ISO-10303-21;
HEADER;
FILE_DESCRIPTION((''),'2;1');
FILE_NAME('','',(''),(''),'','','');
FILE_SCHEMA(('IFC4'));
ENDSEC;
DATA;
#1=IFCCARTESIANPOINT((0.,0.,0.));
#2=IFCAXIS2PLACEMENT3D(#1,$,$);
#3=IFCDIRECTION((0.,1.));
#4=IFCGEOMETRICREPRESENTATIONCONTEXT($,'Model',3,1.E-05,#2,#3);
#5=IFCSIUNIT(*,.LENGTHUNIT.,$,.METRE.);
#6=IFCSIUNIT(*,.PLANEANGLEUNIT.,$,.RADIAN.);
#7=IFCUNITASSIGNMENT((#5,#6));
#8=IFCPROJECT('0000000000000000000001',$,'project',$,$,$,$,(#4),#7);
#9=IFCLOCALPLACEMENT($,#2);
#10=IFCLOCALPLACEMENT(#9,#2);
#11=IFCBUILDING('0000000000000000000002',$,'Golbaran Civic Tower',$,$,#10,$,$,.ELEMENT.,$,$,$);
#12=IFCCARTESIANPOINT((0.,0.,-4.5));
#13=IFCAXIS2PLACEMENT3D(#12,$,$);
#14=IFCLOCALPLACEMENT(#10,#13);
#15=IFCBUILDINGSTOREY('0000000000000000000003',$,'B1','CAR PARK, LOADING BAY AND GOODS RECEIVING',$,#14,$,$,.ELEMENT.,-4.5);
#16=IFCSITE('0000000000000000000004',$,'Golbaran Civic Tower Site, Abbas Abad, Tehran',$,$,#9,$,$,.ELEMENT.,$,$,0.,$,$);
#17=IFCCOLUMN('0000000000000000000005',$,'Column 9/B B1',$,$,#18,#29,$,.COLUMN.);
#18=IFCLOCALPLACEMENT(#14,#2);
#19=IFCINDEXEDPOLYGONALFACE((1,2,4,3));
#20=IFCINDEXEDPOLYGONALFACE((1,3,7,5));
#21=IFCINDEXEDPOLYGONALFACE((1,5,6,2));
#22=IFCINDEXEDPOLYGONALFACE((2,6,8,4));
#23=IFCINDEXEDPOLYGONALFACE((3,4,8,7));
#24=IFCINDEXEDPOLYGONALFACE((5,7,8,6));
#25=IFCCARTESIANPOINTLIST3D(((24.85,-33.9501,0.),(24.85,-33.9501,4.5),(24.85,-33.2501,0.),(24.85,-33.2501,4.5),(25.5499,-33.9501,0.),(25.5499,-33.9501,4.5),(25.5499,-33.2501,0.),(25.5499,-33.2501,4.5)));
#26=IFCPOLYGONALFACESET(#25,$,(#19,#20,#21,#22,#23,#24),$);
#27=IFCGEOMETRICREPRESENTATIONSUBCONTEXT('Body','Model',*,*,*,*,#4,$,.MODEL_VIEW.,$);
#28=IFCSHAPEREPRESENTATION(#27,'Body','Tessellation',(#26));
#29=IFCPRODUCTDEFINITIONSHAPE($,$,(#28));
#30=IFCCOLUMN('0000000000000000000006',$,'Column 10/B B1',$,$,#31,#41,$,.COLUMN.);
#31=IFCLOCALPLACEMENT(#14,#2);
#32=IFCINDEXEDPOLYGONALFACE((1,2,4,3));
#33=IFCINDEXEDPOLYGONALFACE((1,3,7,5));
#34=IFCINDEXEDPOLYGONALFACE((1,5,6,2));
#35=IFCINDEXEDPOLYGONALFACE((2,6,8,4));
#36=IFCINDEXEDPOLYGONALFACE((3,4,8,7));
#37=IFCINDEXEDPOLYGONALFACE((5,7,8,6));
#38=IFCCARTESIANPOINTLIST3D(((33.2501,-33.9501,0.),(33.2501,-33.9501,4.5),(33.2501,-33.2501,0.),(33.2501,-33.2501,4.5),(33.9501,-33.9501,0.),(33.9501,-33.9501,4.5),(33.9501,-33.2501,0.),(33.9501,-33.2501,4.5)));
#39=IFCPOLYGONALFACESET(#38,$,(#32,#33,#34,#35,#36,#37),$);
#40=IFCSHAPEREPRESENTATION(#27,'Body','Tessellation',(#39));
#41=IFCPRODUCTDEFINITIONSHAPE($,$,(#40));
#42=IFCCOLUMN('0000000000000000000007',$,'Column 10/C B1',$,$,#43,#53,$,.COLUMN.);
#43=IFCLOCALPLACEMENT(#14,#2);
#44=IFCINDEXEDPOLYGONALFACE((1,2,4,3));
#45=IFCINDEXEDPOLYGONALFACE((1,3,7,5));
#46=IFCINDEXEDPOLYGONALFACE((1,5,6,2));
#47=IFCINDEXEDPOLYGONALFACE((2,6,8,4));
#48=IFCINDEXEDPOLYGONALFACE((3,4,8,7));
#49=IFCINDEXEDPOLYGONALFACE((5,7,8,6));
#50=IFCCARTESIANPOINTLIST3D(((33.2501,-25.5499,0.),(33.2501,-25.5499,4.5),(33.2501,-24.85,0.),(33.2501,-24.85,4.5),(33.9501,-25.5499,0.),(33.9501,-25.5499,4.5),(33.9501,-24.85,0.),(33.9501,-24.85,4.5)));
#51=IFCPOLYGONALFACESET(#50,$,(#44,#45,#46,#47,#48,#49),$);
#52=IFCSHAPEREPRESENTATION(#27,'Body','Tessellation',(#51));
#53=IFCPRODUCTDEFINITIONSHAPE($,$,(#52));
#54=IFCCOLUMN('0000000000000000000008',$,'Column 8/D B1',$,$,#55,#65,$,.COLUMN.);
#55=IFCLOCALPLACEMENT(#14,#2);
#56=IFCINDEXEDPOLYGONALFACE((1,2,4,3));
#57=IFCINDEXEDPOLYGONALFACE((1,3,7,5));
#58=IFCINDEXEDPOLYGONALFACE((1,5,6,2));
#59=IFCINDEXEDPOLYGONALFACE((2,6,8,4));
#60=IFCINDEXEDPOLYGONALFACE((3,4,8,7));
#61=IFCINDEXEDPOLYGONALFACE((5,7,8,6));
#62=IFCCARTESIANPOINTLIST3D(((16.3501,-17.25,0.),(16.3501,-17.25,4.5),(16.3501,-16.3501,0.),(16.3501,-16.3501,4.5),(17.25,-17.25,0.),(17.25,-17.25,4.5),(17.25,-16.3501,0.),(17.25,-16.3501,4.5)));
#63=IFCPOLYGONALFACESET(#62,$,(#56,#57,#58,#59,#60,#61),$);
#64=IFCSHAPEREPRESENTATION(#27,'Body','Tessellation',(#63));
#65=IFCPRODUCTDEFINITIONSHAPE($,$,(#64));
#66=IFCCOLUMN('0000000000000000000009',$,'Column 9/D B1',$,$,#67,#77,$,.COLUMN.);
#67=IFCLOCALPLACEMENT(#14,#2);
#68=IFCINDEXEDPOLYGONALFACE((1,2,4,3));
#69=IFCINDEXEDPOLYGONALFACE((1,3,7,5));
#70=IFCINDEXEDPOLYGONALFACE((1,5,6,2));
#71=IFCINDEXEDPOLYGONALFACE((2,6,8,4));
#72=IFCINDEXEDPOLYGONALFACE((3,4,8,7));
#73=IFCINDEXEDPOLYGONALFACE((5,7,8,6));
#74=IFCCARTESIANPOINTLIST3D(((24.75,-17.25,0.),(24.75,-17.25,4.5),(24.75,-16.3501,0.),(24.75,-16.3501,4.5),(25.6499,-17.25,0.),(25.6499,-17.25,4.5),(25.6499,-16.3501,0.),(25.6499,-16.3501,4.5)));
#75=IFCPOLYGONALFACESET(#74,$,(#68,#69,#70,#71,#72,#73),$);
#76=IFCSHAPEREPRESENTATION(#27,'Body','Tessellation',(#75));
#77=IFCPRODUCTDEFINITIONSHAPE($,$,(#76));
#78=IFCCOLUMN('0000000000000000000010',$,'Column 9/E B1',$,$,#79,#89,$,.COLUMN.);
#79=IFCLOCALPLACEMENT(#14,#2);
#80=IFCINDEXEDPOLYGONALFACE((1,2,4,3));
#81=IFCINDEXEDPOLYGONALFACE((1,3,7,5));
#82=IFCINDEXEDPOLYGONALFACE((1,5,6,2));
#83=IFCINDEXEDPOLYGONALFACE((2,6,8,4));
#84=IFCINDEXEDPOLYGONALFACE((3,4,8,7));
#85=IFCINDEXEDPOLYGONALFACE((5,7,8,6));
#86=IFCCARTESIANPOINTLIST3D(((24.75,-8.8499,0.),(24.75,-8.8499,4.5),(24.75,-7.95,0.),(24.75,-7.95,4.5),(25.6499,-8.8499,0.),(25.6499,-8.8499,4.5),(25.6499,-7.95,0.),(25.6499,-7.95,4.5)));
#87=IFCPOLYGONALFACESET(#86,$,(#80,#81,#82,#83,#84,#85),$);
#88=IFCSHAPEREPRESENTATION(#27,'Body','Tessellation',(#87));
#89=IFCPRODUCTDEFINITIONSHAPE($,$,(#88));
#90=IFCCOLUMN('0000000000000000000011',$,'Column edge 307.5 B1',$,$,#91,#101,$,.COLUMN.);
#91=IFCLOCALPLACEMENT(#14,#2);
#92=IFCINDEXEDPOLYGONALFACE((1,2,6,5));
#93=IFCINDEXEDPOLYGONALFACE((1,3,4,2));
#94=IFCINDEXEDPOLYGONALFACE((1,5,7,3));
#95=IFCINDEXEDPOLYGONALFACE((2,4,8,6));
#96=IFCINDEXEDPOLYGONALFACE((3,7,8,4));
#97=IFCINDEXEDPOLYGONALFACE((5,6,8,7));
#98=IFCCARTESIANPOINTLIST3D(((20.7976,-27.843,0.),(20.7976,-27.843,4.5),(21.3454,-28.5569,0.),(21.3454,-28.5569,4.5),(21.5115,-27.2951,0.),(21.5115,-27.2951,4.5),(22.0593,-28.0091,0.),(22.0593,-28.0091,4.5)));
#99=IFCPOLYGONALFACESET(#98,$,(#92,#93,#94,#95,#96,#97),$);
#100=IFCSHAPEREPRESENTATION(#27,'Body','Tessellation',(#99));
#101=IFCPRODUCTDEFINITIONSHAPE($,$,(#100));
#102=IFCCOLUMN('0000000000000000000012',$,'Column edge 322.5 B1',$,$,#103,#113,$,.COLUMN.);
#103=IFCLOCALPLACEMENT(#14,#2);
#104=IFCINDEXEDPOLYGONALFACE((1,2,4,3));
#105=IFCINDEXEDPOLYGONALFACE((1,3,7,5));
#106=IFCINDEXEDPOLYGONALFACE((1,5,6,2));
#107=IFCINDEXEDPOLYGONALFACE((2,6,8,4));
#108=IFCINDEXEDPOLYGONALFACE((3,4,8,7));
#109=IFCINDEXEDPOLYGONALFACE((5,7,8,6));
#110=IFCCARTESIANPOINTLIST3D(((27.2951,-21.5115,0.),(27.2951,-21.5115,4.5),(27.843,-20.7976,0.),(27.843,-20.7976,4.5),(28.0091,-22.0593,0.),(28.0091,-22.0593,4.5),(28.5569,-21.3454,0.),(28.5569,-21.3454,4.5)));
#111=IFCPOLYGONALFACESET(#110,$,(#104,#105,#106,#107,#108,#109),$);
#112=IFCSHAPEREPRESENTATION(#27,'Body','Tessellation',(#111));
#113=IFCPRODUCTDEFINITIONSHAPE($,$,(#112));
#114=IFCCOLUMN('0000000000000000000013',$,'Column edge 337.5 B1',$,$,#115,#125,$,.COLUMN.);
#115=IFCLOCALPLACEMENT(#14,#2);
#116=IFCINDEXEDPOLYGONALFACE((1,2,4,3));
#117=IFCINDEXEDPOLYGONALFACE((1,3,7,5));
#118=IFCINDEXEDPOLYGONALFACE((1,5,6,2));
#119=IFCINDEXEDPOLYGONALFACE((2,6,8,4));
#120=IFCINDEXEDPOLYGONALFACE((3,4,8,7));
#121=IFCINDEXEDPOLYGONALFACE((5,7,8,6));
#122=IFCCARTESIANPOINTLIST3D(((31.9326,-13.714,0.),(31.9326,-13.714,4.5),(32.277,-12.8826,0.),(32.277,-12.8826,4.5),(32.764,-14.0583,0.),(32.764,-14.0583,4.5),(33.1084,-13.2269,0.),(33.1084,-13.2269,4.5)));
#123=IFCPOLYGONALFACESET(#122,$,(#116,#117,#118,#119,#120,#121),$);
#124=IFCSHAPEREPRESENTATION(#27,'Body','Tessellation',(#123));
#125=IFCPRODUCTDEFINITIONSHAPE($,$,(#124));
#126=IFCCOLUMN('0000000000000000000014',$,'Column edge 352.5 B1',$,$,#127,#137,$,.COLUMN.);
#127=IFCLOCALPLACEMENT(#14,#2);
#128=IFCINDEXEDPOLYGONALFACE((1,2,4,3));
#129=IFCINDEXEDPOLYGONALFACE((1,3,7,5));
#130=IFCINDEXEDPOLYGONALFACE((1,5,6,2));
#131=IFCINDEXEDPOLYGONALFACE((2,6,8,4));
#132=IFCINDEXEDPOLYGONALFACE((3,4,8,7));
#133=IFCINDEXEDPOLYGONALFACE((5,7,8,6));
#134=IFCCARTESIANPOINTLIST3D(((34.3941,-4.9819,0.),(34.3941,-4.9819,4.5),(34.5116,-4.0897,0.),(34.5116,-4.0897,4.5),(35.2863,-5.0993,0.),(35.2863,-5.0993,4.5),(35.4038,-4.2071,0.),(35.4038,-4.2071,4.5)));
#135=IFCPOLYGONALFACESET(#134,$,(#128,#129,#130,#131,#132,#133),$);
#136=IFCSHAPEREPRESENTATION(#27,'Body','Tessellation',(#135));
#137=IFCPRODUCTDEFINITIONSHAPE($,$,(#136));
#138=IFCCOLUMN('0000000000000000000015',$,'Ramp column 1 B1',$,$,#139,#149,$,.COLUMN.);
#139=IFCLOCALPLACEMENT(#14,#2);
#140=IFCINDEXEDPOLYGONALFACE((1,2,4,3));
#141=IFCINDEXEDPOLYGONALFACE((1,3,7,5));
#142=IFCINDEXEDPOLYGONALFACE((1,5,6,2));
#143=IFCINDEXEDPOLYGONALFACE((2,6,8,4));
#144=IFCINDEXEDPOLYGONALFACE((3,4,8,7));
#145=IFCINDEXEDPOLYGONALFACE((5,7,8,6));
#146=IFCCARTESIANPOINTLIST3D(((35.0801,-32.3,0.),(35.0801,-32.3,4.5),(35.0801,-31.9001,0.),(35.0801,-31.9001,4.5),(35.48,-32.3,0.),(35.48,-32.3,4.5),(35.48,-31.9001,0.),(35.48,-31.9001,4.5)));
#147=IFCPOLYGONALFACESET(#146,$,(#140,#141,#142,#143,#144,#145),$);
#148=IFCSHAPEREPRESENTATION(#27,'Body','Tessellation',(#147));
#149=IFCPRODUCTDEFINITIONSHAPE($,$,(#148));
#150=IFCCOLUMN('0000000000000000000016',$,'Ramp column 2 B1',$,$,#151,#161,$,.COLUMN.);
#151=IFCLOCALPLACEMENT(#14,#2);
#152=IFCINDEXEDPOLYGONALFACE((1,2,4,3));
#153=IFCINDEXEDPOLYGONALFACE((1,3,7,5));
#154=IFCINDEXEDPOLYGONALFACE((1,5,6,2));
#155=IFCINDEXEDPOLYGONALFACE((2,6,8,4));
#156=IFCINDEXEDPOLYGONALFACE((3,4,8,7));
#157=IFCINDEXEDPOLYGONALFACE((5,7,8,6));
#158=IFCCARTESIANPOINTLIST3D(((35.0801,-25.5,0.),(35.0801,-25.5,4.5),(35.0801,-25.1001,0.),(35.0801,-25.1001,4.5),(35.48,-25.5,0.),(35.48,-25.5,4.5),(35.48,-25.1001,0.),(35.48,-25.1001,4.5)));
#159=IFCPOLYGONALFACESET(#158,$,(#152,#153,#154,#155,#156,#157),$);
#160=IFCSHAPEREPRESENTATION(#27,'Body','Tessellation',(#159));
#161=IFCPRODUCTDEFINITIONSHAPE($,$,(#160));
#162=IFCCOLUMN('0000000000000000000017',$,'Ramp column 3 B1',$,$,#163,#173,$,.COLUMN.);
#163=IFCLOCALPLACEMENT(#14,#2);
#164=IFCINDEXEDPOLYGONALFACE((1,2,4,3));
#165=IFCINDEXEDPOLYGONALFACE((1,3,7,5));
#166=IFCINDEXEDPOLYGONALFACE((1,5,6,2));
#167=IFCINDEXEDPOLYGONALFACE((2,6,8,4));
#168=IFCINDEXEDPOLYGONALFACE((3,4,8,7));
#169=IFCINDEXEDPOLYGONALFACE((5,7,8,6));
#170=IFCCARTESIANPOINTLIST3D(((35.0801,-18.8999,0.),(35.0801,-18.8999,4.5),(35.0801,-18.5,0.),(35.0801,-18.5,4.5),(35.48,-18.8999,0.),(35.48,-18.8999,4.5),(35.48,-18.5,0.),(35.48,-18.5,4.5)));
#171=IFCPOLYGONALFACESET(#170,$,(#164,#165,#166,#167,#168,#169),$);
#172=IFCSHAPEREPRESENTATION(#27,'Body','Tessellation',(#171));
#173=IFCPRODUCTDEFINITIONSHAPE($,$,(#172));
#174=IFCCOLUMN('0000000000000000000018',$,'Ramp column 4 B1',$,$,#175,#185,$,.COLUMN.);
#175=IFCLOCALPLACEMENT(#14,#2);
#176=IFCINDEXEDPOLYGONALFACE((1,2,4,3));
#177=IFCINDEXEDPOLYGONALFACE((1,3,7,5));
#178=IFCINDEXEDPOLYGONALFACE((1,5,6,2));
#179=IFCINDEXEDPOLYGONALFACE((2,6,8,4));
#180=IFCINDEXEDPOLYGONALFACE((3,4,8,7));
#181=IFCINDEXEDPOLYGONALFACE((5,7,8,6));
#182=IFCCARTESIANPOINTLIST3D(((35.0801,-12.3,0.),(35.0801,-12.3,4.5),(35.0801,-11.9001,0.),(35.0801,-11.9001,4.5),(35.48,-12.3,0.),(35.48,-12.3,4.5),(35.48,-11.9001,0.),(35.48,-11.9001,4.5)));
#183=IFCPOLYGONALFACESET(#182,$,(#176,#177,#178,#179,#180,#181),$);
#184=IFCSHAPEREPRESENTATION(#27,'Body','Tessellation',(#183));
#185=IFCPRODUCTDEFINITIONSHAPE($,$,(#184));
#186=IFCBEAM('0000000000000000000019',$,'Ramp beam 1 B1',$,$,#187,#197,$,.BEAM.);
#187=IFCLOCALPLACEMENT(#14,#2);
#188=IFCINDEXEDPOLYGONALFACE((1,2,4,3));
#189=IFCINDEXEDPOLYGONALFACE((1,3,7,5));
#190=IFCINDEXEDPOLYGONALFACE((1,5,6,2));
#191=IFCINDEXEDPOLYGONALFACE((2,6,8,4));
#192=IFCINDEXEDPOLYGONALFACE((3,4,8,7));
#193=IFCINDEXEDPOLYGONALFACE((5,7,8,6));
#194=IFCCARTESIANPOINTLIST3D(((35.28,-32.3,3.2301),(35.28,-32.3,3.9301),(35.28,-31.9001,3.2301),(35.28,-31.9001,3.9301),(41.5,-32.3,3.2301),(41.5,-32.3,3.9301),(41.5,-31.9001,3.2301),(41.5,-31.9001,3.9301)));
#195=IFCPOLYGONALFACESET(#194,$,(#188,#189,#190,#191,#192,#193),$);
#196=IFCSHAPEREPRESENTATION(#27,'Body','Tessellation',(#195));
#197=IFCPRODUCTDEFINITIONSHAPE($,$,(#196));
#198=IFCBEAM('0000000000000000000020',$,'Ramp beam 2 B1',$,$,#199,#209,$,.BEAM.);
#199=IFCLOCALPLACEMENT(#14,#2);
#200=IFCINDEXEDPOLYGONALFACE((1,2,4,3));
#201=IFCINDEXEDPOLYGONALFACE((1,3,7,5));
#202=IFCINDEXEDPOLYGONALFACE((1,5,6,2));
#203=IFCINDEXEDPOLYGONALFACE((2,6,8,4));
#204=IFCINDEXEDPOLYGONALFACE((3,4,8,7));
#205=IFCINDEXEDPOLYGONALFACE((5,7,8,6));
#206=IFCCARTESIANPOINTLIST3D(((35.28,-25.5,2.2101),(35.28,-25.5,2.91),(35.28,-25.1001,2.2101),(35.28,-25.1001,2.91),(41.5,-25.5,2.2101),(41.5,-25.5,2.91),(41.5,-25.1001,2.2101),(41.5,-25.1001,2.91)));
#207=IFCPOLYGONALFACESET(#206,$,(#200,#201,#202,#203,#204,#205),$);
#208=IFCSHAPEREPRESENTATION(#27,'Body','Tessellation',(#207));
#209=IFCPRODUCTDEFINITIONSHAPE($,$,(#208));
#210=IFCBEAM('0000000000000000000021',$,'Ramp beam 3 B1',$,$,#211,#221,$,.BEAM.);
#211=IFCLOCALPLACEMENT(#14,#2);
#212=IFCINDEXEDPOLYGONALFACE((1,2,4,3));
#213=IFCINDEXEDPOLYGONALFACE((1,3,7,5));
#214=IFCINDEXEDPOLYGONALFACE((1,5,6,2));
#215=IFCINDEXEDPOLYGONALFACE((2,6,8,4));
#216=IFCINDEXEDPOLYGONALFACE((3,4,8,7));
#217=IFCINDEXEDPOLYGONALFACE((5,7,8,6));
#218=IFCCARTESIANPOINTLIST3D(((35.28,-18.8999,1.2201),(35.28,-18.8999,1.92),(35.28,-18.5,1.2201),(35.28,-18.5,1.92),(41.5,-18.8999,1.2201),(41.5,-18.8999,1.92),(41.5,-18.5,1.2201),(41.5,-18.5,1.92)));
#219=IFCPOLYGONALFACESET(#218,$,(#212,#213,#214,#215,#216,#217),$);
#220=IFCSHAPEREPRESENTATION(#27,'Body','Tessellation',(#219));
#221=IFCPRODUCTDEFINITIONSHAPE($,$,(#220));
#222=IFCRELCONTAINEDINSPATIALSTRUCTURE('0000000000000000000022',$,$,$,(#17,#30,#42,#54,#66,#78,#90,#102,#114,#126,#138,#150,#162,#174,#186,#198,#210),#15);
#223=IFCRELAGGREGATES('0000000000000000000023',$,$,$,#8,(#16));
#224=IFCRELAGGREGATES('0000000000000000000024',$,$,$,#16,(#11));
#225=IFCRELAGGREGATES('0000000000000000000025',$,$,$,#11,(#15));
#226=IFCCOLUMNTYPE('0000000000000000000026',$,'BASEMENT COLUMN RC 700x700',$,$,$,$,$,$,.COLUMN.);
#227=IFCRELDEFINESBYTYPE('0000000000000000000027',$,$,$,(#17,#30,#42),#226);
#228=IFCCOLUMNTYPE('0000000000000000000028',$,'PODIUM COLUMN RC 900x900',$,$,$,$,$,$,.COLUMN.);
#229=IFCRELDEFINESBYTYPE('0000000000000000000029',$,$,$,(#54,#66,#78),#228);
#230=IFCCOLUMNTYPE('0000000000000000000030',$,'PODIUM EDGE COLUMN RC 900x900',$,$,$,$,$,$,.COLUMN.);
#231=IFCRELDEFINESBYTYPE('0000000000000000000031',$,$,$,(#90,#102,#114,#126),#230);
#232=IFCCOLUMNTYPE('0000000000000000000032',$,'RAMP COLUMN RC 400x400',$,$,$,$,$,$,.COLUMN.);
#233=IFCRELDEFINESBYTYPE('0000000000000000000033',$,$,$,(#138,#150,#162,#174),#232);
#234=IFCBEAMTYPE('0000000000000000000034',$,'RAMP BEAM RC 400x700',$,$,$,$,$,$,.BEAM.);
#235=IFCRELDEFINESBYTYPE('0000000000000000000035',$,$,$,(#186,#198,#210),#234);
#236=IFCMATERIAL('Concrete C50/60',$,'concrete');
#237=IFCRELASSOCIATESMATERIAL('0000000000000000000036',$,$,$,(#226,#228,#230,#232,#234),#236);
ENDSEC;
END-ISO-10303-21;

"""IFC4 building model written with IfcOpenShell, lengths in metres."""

from ifc_helpers import new_model, si_unit, direction, frame, origin, origin_2d, place, context, subcontext, project, spatial, rectangle, extrude, material, material_profile, profile_set, type_object, element, save


model = new_model("IFC4")

# Units and contexts
model_context = context("Model", 3, precision=1e-05, world=origin(), true_north=direction((0.0, 1.0)))
body_context = subcontext(model_context, "Body", "Model", "MODEL_VIEW")
ifc_project = project(units=[si_unit("LENGTHUNIT", "METRE"), si_unit("PLANEANGLEUNIT", "RADIAN")], contexts=[model_context])

# Site, building, storey
site_placement = place(None, origin())
site = spatial("IfcSite", under=ifc_project, at=site_placement, Name="Golbaran Civic Tower Site, Abbas Abad, Tehran", CompositionType="ELEMENT", RefElevation=0.0)
building_placement = place(site_placement, origin())
building = spatial("IfcBuilding", under=site, at=building_placement, Name="Golbaran Civic Tower", CompositionType="ELEMENT")
storey_placement = place(building_placement, frame((0.0, 0.0, -4.5)))
storey = spatial("IfcBuildingStorey", under=building, at=storey_placement, Name="B1", Description="CAR PARK, LOADING BAY AND GOODS RECEIVING", CompositionType="ELEMENT", Elevation=-4.5)

# Columns
ifc_material_1 = material(Name="Concrete C50/60", Category="concrete")
ifc_material_profile_1 = material_profile(ifc_material_1, rectangle(XDim=0.7, YDim=0.7, at=origin_2d()), Name="RC 700x700")
ifc_profile_set_1 = profile_set([ifc_material_profile_1], Name="Concrete C50/60")
column_type_1 = type_object("IfcColumnType", Name="BASEMENT COLUMN RC 700x700", PredefinedType="COLUMN", material=ifc_profile_set_1)
for number, where, z_axis, x_axis, name in (
    (1, (25.2, -33.6001, 0.0), (0.0, 0.0, 1.0), (1.0, 0.0, 0.0), "Column 9/B B1"),
    (2, (33.6001, -33.6001, 0.0), (0.0, 0.0, 1.0), (1.0, 0.0, 0.0), "Column 10/B B1"),
    (3, (33.6001, -25.2, 0.0), (0.0, 0.0, 1.0), (1.0, 0.0, 0.0), "Column 10/C B1"),
):
    element("IfcColumn", number, at=place(storey_placement, frame(where, z_axis=z_axis, x_axis=x_axis)), inside=storey, type_object=column_type_1, Name=name, PredefinedType="COLUMN", context=body_context, shape_type="SweptSolid", body=[
        extrude(rectangle(XDim=0.7, YDim=0.7, at=origin_2d()), origin(), (0.0, 0.0, 1.0), 4.5),
    ])
ifc_material_profile_2 = material_profile(ifc_material_1, rectangle(XDim=0.8999, YDim=0.8999, at=origin_2d()), Name="RC 900x900")
ifc_profile_set_2 = profile_set([ifc_material_profile_2], Name="Concrete C50/60")
column_type_2 = type_object("IfcColumnType", Name="PODIUM COLUMN RC 900x900", PredefinedType="COLUMN", material=ifc_profile_set_2)
for number, where, z_axis, x_axis, name in (
    (4, (16.8, -16.8, 0.0), (0.0, 0.0, 1.0), (1.0, 0.0, 0.0), "Column 8/D B1"),
    (5, (25.2, -16.8, 0.0), (0.0, 0.0, 1.0), (1.0, 0.0, 0.0), "Column 9/D B1"),
    (6, (25.2, -8.3999, 0.0), (0.0, 0.0, 1.0), (1.0, 0.0, 0.0), "Column 9/E B1"),
):
    element("IfcColumn", number, at=place(storey_placement, frame(where, z_axis=z_axis, x_axis=x_axis)), inside=storey, type_object=column_type_2, Name=name, PredefinedType="COLUMN", context=body_context, shape_type="SweptSolid", body=[
        extrude(rectangle(XDim=0.8999, YDim=0.8999, at=origin_2d()), origin(), (0.0, 0.0, 1.0), 4.5),
    ])
ifc_material_profile_3 = material_profile(ifc_material_1, rectangle(XDim=0.8999, YDim=0.8999, at=origin_2d()), Name="RC 900x900")
ifc_profile_set_3 = profile_set([ifc_material_profile_3], Name="Concrete C50/60")
column_type_3 = type_object("IfcColumnType", Name="PODIUM EDGE COLUMN RC 900x900", PredefinedType="COLUMN", material=ifc_profile_set_3)
for number, where, z_axis, x_axis, name in (
    (7, (21.4285, -27.926, 0.0), (0.0, 0.0, 1.0), (0.608761, -0.793353, 0.0), "Column edge 307.5 B1"),
    (8, (27.926, -21.4285, 0.0), (0.0, 0.0, 1.0), (0.793353, -0.608761, 0.0), "Column edge 322.5 B1"),
    (9, (32.5205, -13.4705, 0.0), (0.0, 0.0, 1.0), (0.92388, -0.382683, 0.0), "Column edge 337.5 B1"),
    (10, (34.8989, -4.5945, 0.0), (0.0, 0.0, 1.0), (0.991445, -0.130526, 0.0), "Column edge 352.5 B1"),
):
    element("IfcColumn", number, at=place(storey_placement, frame(where, z_axis=z_axis, x_axis=x_axis)), inside=storey, type_object=column_type_3, Name=name, PredefinedType="COLUMN", context=body_context, shape_type="SweptSolid", body=[
        extrude(rectangle(XDim=0.8999, YDim=0.8999, at=origin_2d()), origin(), (0.0, 0.0, 1.0), 4.5),
    ])
ifc_material_profile_4 = material_profile(ifc_material_1, rectangle(XDim=0.3999, YDim=0.3999, at=origin_2d()), Name="RC 400x400")
ifc_profile_set_4 = profile_set([ifc_material_profile_4], Name="Concrete C50/60")
column_type_4 = type_object("IfcColumnType", Name="RAMP COLUMN RC 400x400", PredefinedType="COLUMN", material=ifc_profile_set_4)
for number, where, z_axis, x_axis, name in (
    (11, (35.28, -32.1001, 0.0), (0.0, 0.0, 1.0), (1.0, 0.0, 0.0), "Ramp column 1 B1"),
    (12, (35.28, -25.3, 0.0), (0.0, 0.0, 1.0), (1.0, 0.0, 0.0), "Ramp column 2 B1"),
    (13, (35.28, -18.7, 0.0), (0.0, 0.0, 1.0), (1.0, 0.0, 0.0), "Ramp column 3 B1"),
    (14, (35.28, -12.1001, 0.0), (0.0, 0.0, 1.0), (1.0, 0.0, 0.0), "Ramp column 4 B1"),
):
    element("IfcColumn", number, at=place(storey_placement, frame(where, z_axis=z_axis, x_axis=x_axis)), inside=storey, type_object=column_type_4, Name=name, PredefinedType="COLUMN", context=body_context, shape_type="SweptSolid", body=[
        extrude(rectangle(XDim=0.3999, YDim=0.3999, at=origin_2d()), origin(), (0.0, 0.0, 1.0), 4.5),
    ])

# Beams
ifc_material_profile_5 = material_profile(ifc_material_1, rectangle(XDim=0.3999, YDim=0.7, at=origin_2d()), Name="RC 400x700")
ifc_profile_set_5 = profile_set([ifc_material_profile_5], Name="Concrete C50/60")
beam_type = type_object("IfcBeamType", Name="RAMP BEAM RC 400x700", PredefinedType="BEAM", material=ifc_profile_set_5)
for number, where, z_axis, x_axis, name in (
    (15, (35.28, -32.1001, 3.5801), (1.0, 0.0, 0.0), (0.0, 1.0, 0.0), "Ramp beam 1 B1"),
    (16, (35.28, -25.3, 2.5601), (1.0, 0.0, 0.0), (0.0, 1.0, 0.0), "Ramp beam 2 B1"),
    (17, (35.28, -18.7, 1.5701), (1.0, 0.0, 0.0), (0.0, 1.0, 0.0), "Ramp beam 3 B1"),
):
    element("IfcBeam", number, at=place(storey_placement, frame(where, z_axis=z_axis, x_axis=x_axis)), inside=storey, type_object=beam_type, Name=name, PredefinedType="BEAM", context=body_context, shape_type="SweptSolid", body=[
        extrude(rectangle(XDim=0.3999, YDim=0.7, at=origin_2d()), origin(), (0.0, 0.0, 1.0), 6.22),
    ])

save(model, "model.ifc")
